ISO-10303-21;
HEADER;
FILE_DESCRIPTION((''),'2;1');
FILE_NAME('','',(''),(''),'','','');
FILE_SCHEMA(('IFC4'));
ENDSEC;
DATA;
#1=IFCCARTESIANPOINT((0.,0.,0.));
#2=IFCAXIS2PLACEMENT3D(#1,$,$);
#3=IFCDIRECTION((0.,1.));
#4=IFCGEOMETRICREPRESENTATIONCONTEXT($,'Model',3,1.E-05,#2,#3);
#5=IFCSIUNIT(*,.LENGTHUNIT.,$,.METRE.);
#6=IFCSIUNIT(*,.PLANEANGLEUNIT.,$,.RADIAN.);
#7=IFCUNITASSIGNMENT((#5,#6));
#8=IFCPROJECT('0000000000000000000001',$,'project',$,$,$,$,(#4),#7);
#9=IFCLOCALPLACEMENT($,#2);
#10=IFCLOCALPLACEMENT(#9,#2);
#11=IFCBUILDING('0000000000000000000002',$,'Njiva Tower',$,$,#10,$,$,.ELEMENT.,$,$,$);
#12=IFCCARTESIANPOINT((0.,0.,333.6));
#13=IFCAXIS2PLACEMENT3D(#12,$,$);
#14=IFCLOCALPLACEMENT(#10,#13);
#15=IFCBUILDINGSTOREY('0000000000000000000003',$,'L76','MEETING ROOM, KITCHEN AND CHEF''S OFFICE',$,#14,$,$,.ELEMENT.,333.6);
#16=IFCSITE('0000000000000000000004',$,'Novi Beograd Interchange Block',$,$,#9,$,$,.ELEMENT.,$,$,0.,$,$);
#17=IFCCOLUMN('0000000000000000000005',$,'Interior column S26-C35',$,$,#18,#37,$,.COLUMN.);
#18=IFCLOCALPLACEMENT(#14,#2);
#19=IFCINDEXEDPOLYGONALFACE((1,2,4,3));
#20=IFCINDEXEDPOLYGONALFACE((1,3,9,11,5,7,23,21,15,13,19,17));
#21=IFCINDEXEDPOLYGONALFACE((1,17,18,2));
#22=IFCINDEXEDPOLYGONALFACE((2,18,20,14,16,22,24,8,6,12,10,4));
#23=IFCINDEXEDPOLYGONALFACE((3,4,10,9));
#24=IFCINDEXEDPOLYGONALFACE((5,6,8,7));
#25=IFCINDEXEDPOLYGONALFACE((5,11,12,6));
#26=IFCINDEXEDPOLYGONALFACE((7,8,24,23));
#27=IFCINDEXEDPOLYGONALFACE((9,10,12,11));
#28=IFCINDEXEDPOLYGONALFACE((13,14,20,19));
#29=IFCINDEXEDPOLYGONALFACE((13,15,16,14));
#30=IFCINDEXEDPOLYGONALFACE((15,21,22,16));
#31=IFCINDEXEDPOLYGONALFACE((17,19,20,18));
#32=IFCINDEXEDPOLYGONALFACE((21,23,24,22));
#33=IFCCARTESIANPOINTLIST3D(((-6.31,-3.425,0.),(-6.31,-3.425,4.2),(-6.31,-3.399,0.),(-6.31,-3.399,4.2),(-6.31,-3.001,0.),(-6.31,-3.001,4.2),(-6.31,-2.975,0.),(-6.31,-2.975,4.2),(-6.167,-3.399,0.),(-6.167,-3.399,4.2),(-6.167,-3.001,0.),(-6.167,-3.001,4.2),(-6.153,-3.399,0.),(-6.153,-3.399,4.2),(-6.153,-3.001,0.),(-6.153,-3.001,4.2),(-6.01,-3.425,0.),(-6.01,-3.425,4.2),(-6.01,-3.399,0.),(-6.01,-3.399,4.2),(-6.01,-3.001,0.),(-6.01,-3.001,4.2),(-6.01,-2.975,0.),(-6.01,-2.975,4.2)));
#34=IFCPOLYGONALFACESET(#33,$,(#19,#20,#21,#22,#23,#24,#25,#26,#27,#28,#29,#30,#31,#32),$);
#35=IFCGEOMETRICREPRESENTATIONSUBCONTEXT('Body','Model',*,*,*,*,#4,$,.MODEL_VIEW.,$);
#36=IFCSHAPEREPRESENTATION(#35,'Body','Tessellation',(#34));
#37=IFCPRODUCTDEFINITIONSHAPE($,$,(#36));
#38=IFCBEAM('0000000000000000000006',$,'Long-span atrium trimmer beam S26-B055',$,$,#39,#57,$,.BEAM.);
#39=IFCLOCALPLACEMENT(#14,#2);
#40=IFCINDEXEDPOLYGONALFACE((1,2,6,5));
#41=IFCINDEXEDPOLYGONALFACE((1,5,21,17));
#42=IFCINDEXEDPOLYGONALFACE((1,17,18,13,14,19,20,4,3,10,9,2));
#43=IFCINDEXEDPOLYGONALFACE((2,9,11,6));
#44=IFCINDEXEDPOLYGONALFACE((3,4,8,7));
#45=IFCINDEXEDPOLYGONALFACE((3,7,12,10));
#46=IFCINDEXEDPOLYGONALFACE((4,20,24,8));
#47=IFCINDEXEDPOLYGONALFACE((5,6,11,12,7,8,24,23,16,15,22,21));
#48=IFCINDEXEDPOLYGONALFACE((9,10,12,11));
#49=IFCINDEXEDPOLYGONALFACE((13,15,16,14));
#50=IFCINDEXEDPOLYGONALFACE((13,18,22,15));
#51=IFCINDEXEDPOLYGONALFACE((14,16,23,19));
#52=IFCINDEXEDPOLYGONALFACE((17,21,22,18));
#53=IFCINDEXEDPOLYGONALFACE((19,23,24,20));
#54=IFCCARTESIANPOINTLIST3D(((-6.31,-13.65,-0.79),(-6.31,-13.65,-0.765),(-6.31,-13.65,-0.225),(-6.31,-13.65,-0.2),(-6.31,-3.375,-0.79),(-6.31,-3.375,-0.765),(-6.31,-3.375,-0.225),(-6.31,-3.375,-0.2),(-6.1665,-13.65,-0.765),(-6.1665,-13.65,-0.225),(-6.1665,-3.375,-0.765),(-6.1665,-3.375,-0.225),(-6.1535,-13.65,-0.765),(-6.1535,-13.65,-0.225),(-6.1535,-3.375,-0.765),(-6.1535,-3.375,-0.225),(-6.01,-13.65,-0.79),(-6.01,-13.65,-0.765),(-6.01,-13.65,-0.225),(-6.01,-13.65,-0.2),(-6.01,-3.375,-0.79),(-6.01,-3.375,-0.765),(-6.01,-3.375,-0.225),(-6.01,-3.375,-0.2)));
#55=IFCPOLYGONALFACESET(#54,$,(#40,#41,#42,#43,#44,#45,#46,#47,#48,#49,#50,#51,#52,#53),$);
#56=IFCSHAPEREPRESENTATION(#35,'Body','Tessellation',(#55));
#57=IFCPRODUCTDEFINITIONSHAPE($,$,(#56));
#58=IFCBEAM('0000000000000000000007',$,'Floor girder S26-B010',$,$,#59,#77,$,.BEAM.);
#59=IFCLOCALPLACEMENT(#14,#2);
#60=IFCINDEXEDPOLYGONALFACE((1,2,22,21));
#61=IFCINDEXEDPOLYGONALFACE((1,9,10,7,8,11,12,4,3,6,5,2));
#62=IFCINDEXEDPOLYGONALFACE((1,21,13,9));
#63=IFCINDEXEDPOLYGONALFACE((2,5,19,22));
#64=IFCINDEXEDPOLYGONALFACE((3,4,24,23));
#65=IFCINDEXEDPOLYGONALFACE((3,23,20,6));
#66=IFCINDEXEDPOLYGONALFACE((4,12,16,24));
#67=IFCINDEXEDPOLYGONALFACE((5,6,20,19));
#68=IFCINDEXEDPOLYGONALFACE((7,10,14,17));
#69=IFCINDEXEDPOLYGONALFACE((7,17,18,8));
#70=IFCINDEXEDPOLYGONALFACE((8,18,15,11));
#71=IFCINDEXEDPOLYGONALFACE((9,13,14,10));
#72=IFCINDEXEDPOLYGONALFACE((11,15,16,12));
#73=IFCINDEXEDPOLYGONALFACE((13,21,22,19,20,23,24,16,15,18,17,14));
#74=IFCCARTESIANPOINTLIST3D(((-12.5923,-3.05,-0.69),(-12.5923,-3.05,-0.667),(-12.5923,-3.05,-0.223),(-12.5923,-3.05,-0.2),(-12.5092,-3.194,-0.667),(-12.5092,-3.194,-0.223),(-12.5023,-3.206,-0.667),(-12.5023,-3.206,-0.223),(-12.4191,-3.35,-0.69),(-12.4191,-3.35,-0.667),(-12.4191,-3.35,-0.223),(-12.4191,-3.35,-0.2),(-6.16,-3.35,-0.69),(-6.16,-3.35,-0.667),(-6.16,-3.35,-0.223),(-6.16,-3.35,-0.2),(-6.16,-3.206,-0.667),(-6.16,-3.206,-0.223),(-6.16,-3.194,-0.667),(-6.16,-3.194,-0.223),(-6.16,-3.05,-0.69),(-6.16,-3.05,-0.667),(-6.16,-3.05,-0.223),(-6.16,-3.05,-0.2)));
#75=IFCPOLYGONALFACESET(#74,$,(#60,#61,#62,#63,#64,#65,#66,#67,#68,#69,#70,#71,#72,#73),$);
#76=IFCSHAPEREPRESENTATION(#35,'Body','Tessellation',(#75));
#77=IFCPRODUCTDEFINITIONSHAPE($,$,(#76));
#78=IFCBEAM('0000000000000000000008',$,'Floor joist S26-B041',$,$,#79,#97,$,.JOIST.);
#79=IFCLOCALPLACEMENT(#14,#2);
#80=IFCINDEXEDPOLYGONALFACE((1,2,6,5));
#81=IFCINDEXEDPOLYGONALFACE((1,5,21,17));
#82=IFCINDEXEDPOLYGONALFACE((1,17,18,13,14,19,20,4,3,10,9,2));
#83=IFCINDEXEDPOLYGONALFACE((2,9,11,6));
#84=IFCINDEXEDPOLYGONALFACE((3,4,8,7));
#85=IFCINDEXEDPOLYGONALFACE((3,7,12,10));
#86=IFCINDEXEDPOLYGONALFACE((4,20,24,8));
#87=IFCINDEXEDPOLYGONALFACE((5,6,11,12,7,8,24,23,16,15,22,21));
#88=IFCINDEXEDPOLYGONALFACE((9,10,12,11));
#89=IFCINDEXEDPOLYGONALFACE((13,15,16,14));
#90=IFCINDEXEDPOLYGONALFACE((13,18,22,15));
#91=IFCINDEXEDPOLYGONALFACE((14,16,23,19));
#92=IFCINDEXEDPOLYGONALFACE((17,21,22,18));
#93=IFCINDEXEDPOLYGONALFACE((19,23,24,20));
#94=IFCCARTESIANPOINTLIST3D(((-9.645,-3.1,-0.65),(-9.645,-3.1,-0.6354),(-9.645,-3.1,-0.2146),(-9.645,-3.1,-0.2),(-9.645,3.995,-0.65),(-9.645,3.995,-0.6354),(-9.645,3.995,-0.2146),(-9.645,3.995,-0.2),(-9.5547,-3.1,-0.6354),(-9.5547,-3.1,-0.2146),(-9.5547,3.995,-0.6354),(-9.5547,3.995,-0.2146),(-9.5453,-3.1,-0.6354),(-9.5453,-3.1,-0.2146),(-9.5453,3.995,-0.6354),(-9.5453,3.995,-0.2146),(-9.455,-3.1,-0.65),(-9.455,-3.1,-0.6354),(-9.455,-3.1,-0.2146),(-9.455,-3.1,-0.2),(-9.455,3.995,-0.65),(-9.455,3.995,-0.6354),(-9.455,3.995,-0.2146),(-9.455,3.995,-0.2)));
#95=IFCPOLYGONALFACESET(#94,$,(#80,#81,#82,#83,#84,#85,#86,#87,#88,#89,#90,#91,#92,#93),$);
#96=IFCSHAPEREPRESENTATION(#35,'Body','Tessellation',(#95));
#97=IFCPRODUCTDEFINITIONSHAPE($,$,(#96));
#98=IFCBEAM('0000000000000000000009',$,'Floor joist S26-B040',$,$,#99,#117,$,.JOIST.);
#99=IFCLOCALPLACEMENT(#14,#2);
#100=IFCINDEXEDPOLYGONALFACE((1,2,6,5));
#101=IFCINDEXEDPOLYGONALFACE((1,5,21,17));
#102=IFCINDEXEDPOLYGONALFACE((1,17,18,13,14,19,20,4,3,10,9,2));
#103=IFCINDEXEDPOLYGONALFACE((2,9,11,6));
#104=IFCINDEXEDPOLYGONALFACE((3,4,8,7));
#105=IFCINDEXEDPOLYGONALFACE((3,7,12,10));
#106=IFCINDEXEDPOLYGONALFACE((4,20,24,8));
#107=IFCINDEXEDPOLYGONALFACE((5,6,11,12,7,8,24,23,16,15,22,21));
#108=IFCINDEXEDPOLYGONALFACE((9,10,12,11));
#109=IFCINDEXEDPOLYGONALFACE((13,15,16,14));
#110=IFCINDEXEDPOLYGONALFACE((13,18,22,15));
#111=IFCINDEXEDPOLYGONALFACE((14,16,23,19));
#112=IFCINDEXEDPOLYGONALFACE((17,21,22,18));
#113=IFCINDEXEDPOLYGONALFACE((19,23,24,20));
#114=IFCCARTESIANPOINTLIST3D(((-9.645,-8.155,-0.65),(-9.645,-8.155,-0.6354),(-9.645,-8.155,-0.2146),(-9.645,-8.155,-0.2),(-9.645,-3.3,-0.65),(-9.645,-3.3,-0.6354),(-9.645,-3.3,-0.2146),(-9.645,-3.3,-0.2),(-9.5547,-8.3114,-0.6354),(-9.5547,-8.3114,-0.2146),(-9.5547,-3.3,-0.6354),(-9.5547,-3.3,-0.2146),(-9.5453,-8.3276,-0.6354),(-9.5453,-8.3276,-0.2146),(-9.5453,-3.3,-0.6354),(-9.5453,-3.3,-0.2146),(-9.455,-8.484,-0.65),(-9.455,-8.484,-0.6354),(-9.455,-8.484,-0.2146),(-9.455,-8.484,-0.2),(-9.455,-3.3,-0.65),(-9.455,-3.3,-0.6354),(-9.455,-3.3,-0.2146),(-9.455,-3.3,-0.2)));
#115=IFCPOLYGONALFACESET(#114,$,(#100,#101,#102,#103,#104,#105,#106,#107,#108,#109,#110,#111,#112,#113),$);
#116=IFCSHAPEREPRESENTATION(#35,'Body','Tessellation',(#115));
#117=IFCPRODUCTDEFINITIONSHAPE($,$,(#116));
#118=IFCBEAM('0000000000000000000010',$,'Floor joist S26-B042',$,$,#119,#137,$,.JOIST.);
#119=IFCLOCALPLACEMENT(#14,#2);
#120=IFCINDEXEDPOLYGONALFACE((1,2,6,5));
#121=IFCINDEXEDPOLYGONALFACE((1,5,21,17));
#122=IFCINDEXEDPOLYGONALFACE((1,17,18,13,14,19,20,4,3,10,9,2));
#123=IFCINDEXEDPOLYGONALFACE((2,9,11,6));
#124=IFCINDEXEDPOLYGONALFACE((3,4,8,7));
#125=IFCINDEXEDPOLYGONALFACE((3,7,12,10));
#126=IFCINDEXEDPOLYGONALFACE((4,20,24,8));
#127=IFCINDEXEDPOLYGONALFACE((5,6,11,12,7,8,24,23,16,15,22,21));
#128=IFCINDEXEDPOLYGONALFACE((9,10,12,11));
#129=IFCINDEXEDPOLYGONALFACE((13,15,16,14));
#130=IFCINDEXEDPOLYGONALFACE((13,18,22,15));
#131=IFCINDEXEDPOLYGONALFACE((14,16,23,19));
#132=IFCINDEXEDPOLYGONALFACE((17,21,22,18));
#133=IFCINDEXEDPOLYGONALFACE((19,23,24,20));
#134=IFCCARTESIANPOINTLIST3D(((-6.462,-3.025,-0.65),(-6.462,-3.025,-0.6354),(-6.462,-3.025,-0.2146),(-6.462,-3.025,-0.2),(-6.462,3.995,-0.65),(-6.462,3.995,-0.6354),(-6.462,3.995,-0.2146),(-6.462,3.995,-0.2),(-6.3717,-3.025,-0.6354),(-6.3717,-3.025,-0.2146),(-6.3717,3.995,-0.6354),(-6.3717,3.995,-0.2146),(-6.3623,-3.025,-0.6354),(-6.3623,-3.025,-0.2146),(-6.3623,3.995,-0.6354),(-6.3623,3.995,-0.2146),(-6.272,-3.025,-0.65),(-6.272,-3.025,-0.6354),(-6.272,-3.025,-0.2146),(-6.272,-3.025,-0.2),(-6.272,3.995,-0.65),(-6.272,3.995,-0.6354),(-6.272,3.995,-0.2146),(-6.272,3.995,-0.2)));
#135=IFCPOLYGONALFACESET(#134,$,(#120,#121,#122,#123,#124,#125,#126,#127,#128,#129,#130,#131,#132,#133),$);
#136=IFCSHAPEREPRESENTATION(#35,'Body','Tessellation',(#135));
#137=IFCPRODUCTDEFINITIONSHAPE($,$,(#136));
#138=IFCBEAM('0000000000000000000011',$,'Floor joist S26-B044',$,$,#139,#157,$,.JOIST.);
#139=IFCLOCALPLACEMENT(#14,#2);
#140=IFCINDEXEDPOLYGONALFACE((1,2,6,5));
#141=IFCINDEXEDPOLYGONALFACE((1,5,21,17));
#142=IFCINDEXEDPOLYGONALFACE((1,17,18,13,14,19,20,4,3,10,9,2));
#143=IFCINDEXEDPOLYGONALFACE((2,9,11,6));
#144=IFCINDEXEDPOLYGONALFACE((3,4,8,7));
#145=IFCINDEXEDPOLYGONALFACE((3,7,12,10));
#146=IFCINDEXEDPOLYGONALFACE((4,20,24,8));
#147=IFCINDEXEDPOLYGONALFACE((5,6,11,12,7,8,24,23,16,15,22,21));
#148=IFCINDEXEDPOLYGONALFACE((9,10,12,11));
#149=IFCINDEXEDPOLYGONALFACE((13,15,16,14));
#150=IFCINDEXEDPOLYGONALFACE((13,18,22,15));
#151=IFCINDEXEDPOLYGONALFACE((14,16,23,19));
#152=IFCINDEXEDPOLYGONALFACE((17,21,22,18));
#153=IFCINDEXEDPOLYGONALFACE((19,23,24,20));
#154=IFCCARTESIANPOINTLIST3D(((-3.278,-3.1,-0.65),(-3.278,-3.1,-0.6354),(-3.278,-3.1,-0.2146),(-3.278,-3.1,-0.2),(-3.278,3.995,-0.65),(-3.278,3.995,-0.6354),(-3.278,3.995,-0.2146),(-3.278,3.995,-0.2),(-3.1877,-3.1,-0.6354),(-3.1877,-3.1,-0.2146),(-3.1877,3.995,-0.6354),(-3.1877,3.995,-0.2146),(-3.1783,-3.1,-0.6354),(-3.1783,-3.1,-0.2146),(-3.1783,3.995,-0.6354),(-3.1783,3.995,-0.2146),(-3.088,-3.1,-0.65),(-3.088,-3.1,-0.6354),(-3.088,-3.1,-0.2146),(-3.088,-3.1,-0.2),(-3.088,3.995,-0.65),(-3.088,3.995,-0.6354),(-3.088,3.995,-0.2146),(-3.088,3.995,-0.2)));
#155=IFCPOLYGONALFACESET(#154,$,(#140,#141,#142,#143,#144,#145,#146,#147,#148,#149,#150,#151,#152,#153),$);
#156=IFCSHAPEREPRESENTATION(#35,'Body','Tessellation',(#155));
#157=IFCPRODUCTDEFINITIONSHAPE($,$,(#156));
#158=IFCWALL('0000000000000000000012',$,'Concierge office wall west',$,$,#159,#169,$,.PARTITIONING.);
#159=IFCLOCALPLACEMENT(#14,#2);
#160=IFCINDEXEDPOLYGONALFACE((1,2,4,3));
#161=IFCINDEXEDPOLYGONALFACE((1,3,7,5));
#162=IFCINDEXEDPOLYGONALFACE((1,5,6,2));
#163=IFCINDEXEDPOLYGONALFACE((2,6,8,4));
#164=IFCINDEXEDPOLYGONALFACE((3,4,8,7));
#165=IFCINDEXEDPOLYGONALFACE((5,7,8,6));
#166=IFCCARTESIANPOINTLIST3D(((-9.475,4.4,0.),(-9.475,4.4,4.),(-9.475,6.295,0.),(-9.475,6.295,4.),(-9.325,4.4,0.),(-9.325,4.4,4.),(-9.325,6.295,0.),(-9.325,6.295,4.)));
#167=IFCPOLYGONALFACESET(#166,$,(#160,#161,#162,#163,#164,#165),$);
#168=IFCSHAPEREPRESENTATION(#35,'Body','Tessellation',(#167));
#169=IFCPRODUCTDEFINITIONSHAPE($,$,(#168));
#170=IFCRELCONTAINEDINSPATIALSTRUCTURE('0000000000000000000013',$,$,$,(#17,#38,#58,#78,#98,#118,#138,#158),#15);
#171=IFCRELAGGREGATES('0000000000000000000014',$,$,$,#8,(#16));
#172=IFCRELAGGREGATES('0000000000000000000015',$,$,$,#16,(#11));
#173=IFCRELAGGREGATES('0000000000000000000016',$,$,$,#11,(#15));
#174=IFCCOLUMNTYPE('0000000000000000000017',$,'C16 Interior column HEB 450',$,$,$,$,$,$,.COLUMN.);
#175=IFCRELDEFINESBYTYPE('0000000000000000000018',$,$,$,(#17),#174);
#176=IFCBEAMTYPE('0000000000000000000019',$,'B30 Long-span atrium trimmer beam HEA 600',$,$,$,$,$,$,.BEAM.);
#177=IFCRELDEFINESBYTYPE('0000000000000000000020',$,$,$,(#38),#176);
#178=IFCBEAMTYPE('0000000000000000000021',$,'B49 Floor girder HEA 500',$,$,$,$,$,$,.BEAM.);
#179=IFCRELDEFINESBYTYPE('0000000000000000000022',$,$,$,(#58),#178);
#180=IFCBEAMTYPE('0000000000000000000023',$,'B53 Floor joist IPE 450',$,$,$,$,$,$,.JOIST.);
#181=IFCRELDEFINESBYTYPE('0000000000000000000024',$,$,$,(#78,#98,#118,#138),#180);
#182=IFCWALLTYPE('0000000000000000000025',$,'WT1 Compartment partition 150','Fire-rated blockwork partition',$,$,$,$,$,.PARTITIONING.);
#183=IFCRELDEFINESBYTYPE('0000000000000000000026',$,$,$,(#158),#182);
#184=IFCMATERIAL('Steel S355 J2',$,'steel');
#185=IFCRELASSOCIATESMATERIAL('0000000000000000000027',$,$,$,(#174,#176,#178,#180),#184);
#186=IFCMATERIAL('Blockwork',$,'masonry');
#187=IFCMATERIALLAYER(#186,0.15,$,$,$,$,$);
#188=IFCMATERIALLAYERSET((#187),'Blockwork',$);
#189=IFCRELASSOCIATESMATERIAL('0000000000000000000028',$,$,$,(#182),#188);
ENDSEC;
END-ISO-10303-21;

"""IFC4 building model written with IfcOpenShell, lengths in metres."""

from ifc_helpers import new_model, si_unit, direction, frame, frame_2d, origin, origin_2d, place, context, subcontext, project, spatial, rectangle, i_section, extrude, clip, halfspace, material, layer, layer_set, material_profile, profile_set, type_object, element, save


model = new_model("IFC4")

# Units and contexts
model_context = context("Model", 3, precision=1e-05, world=origin(), true_north=direction((0.0, 1.0)))
body_context = subcontext(model_context, "Body", "Model", "MODEL_VIEW")
ifc_project = project(units=[si_unit("LENGTHUNIT", "METRE"), si_unit("PLANEANGLEUNIT", "RADIAN")], contexts=[model_context])

# Site, building, storey
site_placement = place(None, origin())
site = spatial("IfcSite", under=ifc_project, at=site_placement, Name="Novi Beograd Interchange Block", CompositionType="ELEMENT", RefElevation=0.0)
building_placement = place(site_placement, origin())
building = spatial("IfcBuilding", under=site, at=building_placement, Name="Njiva Tower", CompositionType="ELEMENT")
storey_placement = place(building_placement, frame((0.0, 0.0, 333.6)))
storey = spatial("IfcBuildingStorey", under=building, at=storey_placement, Name="L76", Description="MEETING ROOM, KITCHEN AND CHEF'S OFFICE", CompositionType="ELEMENT", Elevation=333.6)

# Column
ifc_material_1 = material(Name="Steel S355 J2", Category="steel")
ifc_material_profile_1 = material_profile(ifc_material_1, i_section(OverallWidth=0.3, OverallDepth=0.45, WebThickness=0.014, FlangeThickness=0.026, at=origin_2d()), Name="HEB 450")
ifc_profile_set_1 = profile_set([ifc_material_profile_1], Name="Steel S355 J2")
column_type = type_object("IfcColumnType", Name="C16 Interior column HEB 450", PredefinedType="COLUMN", material=ifc_profile_set_1)
column_placement = place(storey_placement, frame((-6.16, -3.2, 0.0), z_axis=(0.0, 0.0, 1.0), x_axis=(1.0, 0.0, 0.0)))
element("IfcColumn", 1, at=column_placement, inside=storey, type_object=column_type, Name="Interior column S26-C35", PredefinedType="COLUMN", context=body_context, shape_type="SweptSolid", body=[
    extrude(i_section(OverallWidth=0.3, OverallDepth=0.45, WebThickness=0.014, FlangeThickness=0.026, at=origin_2d()), origin(), (0.0, 0.0, 1.0), 4.2),
])

# Beams
ifc_material_profile_2 = material_profile(ifc_material_1, i_section(OverallWidth=0.3, OverallDepth=0.59, WebThickness=0.013, FlangeThickness=0.025, at=origin_2d()), Name="HEA 600")
ifc_profile_set_2 = profile_set([ifc_material_profile_2], Name="Steel S355 J2")
beam_type_1 = type_object("IfcBeamType", Name="B30 Long-span atrium trimmer beam HEA 600", PredefinedType="BEAM", material=ifc_profile_set_2)
beam_1_placement = place(storey_placement, frame((-6.16, -3.375, -0.495), z_axis=(0.0, -1.0, 0.0), x_axis=(1.0, 0.0, 0.0)))
element("IfcBeam", 2, at=beam_1_placement, inside=storey, type_object=beam_type_1, Name="Long-span atrium trimmer beam S26-B055", PredefinedType="BEAM", context=body_context, shape_type="SweptSolid", body=[
    extrude(i_section(OverallWidth=0.3, OverallDepth=0.59, WebThickness=0.013, FlangeThickness=0.025, at=origin_2d()), origin(), (0.0, 0.0, 1.0), 10.275),
])
ifc_material_profile_3 = material_profile(ifc_material_1, i_section(OverallWidth=0.3, OverallDepth=0.49, WebThickness=0.012, FlangeThickness=0.023, at=origin_2d()), Name="HEA 500")
ifc_profile_set_3 = profile_set([ifc_material_profile_3], Name="Steel S355 J2")
beam_type_2 = type_object("IfcBeamType", Name="B49 Floor girder HEA 500", PredefinedType="BEAM", material=ifc_profile_set_3)
beam_2_placement = place(storey_placement, frame((-12.613, -3.2, -0.445), z_axis=(1.0, 0.0, 0.0), x_axis=(0.0, 1.0, 0.0)))
element("IfcBeam", 3, at=beam_2_placement, inside=storey, type_object=beam_type_2, Name="Floor girder S26-B010", PredefinedType="BEAM", context=body_context, shape_type="Clipping", body=[
    clip(extrude(i_section(OverallWidth=0.3, OverallDepth=0.49, WebThickness=0.012, FlangeThickness=0.023, at=origin_2d()), origin(), (0.0, 0.0, 1.0), 6.453), halfspace(frame((-0.025, 0.0, 0.1217), z_axis=(-0.499998, 0.0, -0.866027), x_axis=(0.0, -1.0, 0.0)), False)),
])
ifc_material_profile_4 = material_profile(ifc_material_1, i_section(OverallWidth=0.19, OverallDepth=0.45, WebThickness=0.0094, FlangeThickness=0.0146, at=origin_2d()), Name="IPE 450")
ifc_profile_set_4 = profile_set([ifc_material_profile_4], Name="Steel S355 J2")
beam_type_3 = type_object("IfcBeamType", Name="B53 Floor joist IPE 450", PredefinedType="JOIST", material=ifc_profile_set_4)
beam_3_placement = place(storey_placement, frame((-9.55, 3.995, -0.425), z_axis=(0.0, -1.0, 0.0), x_axis=(1.0, 0.0, 0.0)))
element("IfcBeam", 4, at=beam_3_placement, inside=storey, type_object=beam_type_3, Name="Floor joist S26-B041", PredefinedType="JOIST", context=body_context, shape_type="SweptSolid", body=[
    extrude(i_section(OverallWidth=0.19, OverallDepth=0.45, WebThickness=0.0094, FlangeThickness=0.0146, at=origin_2d()), origin(), (0.0, 0.0, 1.0), 7.095),
])
beam_4_placement = place(storey_placement, frame((-9.55, -3.3, -0.425), z_axis=(0.0, -1.0, 0.0), x_axis=(1.0, 0.0, 0.0)))
element("IfcBeam", 5, at=beam_4_placement, inside=storey, type_object=beam_type_3, Name="Floor joist S26-B040", PredefinedType="JOIST", context=body_context, shape_type="Clipping", body=[
    clip(extrude(i_section(OverallWidth=0.19, OverallDepth=0.45, WebThickness=0.0094, FlangeThickness=0.0146, at=origin_2d()), origin(), (0.0, 0.0, 1.0), 5.205), halfspace(frame((-0.0433, 0.0, 4.9445), z_axis=(-0.866027, 0.0, 0.499998), x_axis=(0.0, 1.0, 0.0)), False)),
])
beam_5_placement = place(storey_placement, frame((-6.367, 3.995, -0.425), z_axis=(0.0, -1.0, 0.0), x_axis=(1.0, 0.0, 0.0)))
element("IfcBeam", 6, at=beam_5_placement, inside=storey, type_object=beam_type_3, Name="Floor joist S26-B042", PredefinedType="JOIST", context=body_context, shape_type="SweptSolid", body=[
    extrude(i_section(OverallWidth=0.19, OverallDepth=0.45, WebThickness=0.0094, FlangeThickness=0.0146, at=origin_2d()), origin(), (0.0, 0.0, 1.0), 7.02),
])
beam_6_placement = place(storey_placement, frame((-3.183, 3.995, -0.425), z_axis=(0.0, -1.0, 0.0), x_axis=(1.0, 0.0, 0.0)))
element("IfcBeam", 7, at=beam_6_placement, inside=storey, type_object=beam_type_3, Name="Floor joist S26-B044", PredefinedType="JOIST", context=body_context, shape_type="SweptSolid", body=[
    extrude(i_section(OverallWidth=0.19, OverallDepth=0.45, WebThickness=0.0094, FlangeThickness=0.0146, at=origin_2d()), origin(), (0.0, 0.0, 1.0), 7.095),
])

# Wall
ifc_material_2 = material(Name="Blockwork", Category="masonry")
ifc_layer_1 = layer(ifc_material_2, 0.15)
ifc_layer_set_1 = layer_set([ifc_layer_1], Name="Blockwork")
wall_type_1 = type_object("IfcWallType", Name="WT1 Compartment partition 150", Description="Fire-rated blockwork partition", PredefinedType="PARTITIONING", material=ifc_layer_set_1)
wall_1_placement = place(storey_placement, frame((-9.4, 4.4, 0.0), z_axis=(0.0, 0.0, 1.0), x_axis=(0.0, 1.0, 0.0)))
element("IfcWall", 8, at=wall_1_placement, inside=storey, type_object=wall_type_1, Name="Concierge office wall west", PredefinedType="PARTITIONING", context=body_context, shape_type="SweptSolid", body=[
    extrude(rectangle(XDim=1.895, YDim=0.15, at=frame_2d((0.9475, 0.0))), origin(), (0.0, 0.0, 1.0), 4.0),
])

save(model, "model.ifc")
